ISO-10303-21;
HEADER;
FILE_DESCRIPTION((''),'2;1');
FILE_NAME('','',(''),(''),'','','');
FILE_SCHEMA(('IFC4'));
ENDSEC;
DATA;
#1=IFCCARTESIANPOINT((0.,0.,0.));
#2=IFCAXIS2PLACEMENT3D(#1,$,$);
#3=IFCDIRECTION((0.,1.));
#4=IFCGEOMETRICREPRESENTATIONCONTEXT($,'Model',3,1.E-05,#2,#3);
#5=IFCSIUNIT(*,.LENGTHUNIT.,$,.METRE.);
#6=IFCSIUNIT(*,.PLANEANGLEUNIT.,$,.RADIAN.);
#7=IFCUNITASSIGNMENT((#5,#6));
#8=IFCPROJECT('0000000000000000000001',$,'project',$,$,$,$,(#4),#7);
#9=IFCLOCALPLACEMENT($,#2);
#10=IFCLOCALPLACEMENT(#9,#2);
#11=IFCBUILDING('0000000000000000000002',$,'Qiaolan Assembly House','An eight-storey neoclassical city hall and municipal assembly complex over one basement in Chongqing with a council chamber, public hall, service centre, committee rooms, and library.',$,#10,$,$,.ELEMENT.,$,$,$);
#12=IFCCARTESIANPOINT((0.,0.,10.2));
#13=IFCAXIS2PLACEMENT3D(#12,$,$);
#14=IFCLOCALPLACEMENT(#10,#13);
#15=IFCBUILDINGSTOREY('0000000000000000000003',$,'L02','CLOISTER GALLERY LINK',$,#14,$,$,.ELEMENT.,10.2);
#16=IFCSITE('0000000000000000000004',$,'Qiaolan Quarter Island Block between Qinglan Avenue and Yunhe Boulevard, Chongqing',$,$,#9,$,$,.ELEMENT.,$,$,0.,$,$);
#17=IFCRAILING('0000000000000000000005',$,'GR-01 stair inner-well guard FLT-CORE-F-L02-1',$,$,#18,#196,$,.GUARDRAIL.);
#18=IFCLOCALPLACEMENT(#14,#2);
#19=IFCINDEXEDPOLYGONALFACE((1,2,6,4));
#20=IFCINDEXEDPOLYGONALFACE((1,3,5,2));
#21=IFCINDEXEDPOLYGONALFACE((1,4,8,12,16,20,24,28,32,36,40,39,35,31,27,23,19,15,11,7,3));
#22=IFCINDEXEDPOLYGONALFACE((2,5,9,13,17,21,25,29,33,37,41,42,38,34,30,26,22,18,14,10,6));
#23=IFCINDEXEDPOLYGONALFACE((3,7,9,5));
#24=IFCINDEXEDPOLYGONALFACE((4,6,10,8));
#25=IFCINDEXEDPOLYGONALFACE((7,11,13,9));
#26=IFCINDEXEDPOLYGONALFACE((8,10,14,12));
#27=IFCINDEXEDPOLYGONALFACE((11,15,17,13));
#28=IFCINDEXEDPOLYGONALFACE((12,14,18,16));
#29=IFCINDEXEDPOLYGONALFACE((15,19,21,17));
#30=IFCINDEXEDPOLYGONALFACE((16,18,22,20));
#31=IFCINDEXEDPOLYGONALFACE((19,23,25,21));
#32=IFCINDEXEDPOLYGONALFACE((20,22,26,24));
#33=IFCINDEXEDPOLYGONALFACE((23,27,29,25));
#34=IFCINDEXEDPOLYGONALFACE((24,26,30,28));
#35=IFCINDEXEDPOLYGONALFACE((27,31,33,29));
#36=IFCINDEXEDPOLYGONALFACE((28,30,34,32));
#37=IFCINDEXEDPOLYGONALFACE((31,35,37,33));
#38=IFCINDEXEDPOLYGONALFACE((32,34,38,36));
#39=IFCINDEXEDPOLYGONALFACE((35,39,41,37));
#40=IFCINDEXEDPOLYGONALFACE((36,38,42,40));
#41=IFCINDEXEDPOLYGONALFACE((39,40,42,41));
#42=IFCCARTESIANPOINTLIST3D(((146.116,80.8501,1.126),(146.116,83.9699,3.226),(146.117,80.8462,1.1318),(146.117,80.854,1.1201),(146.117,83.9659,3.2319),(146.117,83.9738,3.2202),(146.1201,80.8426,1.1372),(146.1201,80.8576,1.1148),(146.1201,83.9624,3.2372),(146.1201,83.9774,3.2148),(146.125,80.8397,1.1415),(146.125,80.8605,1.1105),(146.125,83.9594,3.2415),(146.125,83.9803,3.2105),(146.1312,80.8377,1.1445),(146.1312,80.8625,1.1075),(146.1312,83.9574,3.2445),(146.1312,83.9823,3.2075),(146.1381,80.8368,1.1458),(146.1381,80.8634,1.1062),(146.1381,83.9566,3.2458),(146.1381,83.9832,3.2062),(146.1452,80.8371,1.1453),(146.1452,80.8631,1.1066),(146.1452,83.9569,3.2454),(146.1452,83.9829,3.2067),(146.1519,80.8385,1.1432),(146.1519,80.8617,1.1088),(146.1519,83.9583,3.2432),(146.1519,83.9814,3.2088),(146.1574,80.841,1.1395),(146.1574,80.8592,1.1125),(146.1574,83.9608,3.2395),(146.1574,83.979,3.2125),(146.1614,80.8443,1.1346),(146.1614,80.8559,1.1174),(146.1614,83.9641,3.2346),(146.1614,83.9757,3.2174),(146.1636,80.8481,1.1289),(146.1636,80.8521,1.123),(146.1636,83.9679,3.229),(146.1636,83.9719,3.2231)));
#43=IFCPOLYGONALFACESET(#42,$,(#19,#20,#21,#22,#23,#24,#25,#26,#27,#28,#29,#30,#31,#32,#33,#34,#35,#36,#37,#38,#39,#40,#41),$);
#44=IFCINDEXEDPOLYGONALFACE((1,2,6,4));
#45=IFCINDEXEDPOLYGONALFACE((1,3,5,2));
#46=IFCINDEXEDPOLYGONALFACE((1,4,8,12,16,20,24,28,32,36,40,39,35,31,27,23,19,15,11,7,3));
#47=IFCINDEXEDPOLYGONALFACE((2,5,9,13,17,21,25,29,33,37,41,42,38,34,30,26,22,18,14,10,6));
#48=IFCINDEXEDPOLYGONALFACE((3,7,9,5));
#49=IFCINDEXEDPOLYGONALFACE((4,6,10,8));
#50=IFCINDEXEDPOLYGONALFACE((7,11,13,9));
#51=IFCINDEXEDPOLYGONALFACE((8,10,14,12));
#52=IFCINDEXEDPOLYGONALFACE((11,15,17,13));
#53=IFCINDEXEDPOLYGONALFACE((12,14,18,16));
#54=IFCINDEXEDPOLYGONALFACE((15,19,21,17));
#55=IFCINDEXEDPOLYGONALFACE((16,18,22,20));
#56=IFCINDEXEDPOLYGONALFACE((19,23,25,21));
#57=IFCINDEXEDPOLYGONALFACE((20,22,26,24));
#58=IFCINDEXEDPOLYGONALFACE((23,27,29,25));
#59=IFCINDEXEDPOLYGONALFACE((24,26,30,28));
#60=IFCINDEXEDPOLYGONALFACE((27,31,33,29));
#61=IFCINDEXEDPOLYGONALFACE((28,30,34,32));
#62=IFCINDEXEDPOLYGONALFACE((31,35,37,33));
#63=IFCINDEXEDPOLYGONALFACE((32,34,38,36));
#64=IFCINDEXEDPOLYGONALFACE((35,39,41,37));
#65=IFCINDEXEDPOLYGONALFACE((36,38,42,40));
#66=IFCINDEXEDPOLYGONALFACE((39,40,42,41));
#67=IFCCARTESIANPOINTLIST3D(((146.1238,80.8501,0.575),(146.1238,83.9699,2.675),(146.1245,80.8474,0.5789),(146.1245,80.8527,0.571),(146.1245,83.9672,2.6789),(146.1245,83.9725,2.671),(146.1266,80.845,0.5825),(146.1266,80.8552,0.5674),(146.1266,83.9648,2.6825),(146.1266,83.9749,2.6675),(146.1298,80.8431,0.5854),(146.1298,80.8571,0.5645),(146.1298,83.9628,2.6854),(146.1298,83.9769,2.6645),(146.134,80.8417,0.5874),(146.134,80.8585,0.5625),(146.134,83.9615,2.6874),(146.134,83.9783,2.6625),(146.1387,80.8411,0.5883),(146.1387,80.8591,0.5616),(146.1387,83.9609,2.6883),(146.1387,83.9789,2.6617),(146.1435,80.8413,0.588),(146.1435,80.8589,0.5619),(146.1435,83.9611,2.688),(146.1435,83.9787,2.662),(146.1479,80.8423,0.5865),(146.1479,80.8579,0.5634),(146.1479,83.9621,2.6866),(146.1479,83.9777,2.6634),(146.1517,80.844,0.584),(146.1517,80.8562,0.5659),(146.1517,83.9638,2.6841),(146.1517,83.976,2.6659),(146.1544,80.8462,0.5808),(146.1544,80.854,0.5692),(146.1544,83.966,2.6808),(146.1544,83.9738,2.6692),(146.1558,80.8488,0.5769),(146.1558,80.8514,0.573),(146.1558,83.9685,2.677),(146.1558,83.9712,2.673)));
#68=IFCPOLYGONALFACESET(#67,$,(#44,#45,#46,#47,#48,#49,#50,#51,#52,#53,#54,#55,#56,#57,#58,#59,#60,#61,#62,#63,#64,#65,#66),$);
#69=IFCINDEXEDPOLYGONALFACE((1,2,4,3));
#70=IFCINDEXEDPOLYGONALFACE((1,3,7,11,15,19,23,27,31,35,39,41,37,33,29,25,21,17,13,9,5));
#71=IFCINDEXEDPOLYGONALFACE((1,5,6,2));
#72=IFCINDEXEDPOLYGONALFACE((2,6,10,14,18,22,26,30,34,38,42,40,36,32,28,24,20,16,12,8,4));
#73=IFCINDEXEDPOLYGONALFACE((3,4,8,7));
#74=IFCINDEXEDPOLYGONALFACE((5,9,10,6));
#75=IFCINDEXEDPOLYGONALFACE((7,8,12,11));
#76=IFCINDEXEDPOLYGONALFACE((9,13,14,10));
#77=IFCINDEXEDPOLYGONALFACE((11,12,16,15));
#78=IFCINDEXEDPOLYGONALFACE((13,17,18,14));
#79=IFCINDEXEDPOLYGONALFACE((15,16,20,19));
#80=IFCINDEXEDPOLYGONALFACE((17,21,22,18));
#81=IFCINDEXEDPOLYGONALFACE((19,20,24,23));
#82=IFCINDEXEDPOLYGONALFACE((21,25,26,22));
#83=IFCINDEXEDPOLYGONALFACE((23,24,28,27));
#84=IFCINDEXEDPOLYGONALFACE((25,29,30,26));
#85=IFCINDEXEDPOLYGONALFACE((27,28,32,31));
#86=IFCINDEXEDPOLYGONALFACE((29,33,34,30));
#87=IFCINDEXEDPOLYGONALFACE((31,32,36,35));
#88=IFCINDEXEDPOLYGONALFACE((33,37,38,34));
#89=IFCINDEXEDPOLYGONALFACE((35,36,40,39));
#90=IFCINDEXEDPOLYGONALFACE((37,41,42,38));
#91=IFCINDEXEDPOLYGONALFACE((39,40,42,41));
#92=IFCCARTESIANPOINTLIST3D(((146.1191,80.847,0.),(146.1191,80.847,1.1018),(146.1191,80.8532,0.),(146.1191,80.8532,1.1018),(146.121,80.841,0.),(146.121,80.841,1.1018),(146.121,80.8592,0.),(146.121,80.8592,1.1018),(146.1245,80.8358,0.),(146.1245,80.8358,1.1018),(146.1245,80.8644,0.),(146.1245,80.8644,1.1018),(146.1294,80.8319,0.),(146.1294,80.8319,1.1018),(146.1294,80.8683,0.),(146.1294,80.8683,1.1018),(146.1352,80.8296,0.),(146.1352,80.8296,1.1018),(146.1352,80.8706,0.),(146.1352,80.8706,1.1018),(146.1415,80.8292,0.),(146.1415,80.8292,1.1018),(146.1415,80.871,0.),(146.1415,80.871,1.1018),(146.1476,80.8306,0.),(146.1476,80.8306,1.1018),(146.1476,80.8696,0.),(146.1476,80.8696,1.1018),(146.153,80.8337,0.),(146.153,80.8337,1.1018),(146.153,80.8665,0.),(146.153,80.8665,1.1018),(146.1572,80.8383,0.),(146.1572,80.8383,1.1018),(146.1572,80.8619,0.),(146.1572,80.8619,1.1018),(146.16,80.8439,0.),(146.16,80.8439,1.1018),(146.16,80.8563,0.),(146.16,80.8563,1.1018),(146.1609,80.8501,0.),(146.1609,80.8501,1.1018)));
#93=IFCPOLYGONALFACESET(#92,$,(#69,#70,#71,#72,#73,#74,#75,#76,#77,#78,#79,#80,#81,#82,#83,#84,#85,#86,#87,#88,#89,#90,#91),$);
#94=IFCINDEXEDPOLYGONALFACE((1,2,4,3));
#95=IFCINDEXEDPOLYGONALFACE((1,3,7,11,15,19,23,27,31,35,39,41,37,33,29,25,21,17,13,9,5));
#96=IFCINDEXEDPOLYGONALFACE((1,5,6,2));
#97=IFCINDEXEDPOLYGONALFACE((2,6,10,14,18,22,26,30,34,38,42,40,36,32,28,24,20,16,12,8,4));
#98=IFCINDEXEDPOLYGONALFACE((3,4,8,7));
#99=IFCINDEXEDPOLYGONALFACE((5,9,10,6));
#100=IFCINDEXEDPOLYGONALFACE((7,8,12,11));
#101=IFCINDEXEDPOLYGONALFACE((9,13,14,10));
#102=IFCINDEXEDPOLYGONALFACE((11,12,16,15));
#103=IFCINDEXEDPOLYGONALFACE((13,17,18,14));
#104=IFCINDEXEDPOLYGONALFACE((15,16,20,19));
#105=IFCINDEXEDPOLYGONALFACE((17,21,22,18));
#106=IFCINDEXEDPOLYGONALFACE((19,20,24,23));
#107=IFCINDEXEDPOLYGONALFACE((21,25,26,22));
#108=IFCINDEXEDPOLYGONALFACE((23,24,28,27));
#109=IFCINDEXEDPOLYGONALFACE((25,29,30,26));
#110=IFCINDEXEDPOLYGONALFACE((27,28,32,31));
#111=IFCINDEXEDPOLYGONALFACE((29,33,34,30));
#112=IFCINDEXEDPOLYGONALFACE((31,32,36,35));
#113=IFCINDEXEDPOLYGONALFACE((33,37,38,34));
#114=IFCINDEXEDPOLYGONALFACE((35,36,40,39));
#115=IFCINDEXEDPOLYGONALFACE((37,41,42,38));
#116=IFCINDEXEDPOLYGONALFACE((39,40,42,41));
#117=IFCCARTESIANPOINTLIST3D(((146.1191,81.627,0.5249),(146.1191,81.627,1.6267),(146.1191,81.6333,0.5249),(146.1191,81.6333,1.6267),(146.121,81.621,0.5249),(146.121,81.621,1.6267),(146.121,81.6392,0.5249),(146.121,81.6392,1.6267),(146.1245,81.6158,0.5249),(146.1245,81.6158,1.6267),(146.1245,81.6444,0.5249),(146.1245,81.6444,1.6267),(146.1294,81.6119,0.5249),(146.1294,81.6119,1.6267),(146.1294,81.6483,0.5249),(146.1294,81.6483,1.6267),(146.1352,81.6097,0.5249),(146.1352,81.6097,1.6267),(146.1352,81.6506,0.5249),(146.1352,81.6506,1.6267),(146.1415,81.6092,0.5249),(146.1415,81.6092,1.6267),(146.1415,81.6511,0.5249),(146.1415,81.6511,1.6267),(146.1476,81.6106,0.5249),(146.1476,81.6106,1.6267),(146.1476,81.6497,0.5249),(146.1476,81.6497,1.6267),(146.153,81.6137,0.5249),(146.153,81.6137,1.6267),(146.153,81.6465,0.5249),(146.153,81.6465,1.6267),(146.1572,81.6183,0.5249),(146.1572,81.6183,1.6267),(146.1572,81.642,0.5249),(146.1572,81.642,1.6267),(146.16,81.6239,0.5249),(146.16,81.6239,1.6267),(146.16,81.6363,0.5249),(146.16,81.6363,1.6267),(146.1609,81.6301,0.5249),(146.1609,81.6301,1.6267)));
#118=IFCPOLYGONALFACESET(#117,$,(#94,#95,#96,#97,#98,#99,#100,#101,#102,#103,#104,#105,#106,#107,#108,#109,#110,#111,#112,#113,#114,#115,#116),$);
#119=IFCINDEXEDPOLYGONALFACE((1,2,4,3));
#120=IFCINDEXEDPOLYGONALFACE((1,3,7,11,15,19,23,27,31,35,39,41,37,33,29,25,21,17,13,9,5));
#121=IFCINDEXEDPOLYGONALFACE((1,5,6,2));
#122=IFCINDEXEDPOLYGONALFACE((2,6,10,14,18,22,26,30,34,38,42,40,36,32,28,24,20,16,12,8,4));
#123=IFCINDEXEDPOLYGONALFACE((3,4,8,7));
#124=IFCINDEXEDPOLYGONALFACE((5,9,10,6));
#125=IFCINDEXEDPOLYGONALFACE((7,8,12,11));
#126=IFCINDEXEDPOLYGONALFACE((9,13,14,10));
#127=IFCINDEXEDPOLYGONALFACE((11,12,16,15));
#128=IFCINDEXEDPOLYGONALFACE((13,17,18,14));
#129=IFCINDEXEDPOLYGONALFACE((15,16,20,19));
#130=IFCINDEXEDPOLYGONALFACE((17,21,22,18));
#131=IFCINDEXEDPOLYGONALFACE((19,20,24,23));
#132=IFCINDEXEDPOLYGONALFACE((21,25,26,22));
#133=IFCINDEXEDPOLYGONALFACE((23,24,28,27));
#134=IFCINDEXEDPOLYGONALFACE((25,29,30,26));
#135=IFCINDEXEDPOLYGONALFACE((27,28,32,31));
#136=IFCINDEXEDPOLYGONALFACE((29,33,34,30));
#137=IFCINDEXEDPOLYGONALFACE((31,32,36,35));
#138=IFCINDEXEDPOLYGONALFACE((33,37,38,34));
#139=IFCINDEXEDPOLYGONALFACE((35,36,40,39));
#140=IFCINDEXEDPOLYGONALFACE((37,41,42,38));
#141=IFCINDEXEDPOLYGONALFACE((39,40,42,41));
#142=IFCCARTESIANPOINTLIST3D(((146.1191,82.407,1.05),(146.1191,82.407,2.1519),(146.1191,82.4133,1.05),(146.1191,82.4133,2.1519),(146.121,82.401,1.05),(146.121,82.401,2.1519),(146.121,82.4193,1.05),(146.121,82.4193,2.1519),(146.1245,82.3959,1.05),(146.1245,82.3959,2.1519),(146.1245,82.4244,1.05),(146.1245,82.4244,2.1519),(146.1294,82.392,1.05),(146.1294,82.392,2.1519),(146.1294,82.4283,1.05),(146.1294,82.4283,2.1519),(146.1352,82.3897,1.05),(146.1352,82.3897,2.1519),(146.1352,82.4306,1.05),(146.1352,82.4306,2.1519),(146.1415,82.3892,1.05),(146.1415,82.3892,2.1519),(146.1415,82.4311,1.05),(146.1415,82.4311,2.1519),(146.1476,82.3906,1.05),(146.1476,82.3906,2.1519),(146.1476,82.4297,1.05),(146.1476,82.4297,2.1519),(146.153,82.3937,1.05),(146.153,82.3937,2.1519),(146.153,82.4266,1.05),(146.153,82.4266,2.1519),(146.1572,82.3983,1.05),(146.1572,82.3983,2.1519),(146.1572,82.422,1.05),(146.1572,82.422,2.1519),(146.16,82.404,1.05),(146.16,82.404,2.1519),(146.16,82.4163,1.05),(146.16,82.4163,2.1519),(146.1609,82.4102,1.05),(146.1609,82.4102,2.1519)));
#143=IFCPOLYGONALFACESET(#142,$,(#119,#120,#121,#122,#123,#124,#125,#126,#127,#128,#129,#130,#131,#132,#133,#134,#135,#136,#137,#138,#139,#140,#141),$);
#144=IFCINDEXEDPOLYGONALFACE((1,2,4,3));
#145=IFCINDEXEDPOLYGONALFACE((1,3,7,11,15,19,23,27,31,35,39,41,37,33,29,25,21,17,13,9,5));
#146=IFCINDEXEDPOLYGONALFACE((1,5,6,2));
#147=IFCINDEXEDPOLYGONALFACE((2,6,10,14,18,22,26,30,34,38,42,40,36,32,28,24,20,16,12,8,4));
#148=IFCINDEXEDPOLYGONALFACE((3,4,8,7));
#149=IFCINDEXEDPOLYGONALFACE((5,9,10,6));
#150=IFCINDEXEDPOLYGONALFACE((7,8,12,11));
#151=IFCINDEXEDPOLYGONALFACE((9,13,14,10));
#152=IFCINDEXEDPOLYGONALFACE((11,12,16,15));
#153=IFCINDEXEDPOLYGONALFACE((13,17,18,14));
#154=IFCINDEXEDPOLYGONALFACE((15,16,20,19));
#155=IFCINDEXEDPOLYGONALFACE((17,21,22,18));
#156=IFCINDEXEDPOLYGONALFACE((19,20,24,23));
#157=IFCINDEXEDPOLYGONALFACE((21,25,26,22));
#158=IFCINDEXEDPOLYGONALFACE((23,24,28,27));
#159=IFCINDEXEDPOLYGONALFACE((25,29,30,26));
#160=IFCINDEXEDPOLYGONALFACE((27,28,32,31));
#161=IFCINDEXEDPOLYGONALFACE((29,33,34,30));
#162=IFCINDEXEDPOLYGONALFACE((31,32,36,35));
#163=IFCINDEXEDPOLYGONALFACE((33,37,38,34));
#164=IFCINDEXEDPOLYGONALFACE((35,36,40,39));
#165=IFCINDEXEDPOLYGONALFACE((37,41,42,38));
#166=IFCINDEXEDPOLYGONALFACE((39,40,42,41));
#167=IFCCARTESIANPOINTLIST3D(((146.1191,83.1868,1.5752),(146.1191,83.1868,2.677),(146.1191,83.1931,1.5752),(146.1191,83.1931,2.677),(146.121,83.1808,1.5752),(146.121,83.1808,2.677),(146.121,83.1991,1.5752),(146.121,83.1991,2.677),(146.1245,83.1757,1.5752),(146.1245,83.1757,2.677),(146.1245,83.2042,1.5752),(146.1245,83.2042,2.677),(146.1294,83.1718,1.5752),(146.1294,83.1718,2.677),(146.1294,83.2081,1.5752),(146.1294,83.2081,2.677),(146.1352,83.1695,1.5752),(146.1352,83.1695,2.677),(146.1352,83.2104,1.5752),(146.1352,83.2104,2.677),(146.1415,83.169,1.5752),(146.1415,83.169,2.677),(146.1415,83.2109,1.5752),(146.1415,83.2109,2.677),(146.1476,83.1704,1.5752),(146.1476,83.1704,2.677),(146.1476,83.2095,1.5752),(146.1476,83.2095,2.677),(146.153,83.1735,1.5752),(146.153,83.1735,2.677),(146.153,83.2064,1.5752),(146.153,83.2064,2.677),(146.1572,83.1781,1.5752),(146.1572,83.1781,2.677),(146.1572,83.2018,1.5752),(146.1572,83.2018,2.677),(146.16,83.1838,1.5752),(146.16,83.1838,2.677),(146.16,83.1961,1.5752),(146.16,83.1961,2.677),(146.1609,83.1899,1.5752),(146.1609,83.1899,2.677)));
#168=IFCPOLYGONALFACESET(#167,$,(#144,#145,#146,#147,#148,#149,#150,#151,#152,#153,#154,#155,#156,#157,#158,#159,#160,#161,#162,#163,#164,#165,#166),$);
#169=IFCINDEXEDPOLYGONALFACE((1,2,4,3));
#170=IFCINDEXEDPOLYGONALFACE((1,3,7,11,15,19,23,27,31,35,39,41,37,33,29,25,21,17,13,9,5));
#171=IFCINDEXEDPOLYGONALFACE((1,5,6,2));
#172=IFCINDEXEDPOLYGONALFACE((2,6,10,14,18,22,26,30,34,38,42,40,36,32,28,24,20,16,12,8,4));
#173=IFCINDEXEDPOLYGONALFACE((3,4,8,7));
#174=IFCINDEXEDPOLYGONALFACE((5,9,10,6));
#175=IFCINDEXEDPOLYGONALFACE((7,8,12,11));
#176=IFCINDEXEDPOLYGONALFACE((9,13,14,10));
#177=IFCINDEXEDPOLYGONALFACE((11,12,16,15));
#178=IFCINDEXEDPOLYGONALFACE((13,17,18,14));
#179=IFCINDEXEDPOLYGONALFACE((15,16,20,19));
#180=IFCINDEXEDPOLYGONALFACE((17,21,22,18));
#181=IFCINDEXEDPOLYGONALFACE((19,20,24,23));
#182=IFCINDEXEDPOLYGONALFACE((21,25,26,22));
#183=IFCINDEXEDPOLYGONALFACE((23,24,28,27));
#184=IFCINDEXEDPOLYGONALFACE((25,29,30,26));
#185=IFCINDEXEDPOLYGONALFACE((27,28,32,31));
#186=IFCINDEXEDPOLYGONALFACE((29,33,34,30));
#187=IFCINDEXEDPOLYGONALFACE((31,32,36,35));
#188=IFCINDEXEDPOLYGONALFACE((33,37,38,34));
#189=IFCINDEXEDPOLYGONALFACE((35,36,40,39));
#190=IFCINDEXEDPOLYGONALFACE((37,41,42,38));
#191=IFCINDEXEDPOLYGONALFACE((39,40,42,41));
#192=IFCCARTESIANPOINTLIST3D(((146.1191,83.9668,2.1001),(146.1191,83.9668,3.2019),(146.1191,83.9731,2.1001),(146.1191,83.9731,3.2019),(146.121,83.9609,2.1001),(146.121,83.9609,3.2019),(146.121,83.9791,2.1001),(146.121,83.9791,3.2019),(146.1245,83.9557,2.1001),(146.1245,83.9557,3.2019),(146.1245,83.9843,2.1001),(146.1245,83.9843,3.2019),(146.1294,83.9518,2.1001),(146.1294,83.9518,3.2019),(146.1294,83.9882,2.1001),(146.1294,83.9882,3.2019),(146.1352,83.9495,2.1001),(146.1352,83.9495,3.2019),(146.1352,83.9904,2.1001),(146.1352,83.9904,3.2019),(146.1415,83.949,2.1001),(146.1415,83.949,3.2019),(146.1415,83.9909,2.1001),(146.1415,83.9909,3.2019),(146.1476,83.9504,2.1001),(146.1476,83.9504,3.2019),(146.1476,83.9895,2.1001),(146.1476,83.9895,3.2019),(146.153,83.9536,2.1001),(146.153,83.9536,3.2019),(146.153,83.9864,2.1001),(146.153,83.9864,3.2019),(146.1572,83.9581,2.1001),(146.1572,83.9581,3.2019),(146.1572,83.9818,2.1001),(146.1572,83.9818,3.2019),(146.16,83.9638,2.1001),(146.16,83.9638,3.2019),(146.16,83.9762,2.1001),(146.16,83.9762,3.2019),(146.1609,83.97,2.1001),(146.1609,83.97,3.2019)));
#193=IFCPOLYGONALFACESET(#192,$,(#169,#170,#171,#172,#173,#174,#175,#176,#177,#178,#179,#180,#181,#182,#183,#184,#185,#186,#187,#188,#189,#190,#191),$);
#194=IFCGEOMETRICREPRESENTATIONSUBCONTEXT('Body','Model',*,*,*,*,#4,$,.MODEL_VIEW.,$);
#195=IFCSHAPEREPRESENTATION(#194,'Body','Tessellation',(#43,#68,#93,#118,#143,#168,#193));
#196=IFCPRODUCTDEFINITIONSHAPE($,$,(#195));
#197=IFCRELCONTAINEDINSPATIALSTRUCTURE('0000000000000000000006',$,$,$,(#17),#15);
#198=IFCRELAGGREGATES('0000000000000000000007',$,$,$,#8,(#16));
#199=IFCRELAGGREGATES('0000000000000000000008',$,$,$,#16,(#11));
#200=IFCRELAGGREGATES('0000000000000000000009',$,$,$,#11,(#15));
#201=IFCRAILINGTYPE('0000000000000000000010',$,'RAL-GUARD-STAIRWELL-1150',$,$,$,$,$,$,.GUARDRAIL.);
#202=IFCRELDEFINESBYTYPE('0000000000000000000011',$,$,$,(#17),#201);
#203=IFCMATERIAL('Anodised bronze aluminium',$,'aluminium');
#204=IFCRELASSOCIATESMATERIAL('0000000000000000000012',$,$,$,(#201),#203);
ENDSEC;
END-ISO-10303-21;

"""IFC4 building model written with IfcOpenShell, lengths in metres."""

from ifc_helpers import new_model, si_unit, direction, frame, origin, origin_2d, place, context, subcontext, project, spatial, circle, extrude, material, type_object, element, save


model = new_model("IFC4")

# Units and contexts
model_context = context("Model", 3, precision=1e-05, world=origin(), true_north=direction((0.0, 1.0)))
body_context = subcontext(model_context, "Body", "Model", "MODEL_VIEW")
ifc_project = project(units=[si_unit("LENGTHUNIT", "METRE"), si_unit("PLANEANGLEUNIT", "RADIAN")], contexts=[model_context])

# Site, building, storey
site_placement = place(None, origin())
site = spatial("IfcSite", under=ifc_project, at=site_placement, Name="Qiaolan Quarter Island Block between Qinglan Avenue and Yunhe Boulevard, Chongqing", CompositionType="ELEMENT", RefElevation=0.0)
building_placement = place(site_placement, origin())
building = spatial("IfcBuilding", under=site, at=building_placement, Name="Qiaolan Assembly House", Description="An eight-storey neoclassical city hall and municipal assembly complex over one basement in Chongqing with a council chamber, public hall, service centre, committee rooms, and library.", CompositionType="ELEMENT")
storey_placement = place(building_placement, frame((0.0, 0.0, 10.2)))
storey = spatial("IfcBuildingStorey", under=building, at=storey_placement, Name="L02", Description="CLOISTER GALLERY LINK", CompositionType="ELEMENT", Elevation=10.2)

# Shared definitions
ifc_material_1 = material(Name="Anodised bronze aluminium", Category="aluminium")

# Railing
railing_type_1 = type_object("IfcRailingType", Name="RAL-GUARD-STAIRWELL-1150", PredefinedType="GUARDRAIL", material=ifc_material_1)
railing_1_placement = place(storey_placement, frame((146.1399, 80.8501, 0.0)))
element("IfcRailing", 1, at=railing_1_placement, inside=storey, type_object=railing_type_1, Name="GR-01 stair inner-well guard FLT-CORE-F-L02-1", PredefinedType="GUARDRAIL", context=body_context, shape_type="SweptSolid", body=[
    extrude(circle(Radius=0.0239, at=origin_2d()), frame((0.0, 0.0, 1.126), z_axis=(0.0, 0.829565, 0.55841), x_axis=(-1.0, 0.0, 0.0)), (0.0, 0.0, 1.0), 3.7607),
    extrude(circle(Radius=0.0161, at=origin_2d()), frame((0.0, 0.0, 0.575), z_axis=(0.0, 0.829565, 0.55841), x_axis=(-1.0, 0.0, 0.0)), (0.0, 0.0, 1.0), 3.7607),
    extrude(circle(Radius=0.021, at=origin_2d()), origin(), (0.0, 0.0, 1.0), 1.1018),
    extrude(circle(Radius=0.021, at=origin_2d()), frame((0.0, 0.78, 0.5249)), (0.0, 0.0, 1.0), 1.1018),
    extrude(circle(Radius=0.021, at=origin_2d()), frame((0.0, 1.5601, 1.05)), (0.0, 0.0, 1.0), 1.1018),
    extrude(circle(Radius=0.021, at=origin_2d()), frame((0.0, 2.3398, 1.5752)), (0.0, 0.0, 1.0), 1.1018),
    extrude(circle(Radius=0.021, at=origin_2d()), frame((0.0, 3.1199, 2.1001)), (0.0, 0.0, 1.0), 1.1018),
])

save(model, "model.ifc")
